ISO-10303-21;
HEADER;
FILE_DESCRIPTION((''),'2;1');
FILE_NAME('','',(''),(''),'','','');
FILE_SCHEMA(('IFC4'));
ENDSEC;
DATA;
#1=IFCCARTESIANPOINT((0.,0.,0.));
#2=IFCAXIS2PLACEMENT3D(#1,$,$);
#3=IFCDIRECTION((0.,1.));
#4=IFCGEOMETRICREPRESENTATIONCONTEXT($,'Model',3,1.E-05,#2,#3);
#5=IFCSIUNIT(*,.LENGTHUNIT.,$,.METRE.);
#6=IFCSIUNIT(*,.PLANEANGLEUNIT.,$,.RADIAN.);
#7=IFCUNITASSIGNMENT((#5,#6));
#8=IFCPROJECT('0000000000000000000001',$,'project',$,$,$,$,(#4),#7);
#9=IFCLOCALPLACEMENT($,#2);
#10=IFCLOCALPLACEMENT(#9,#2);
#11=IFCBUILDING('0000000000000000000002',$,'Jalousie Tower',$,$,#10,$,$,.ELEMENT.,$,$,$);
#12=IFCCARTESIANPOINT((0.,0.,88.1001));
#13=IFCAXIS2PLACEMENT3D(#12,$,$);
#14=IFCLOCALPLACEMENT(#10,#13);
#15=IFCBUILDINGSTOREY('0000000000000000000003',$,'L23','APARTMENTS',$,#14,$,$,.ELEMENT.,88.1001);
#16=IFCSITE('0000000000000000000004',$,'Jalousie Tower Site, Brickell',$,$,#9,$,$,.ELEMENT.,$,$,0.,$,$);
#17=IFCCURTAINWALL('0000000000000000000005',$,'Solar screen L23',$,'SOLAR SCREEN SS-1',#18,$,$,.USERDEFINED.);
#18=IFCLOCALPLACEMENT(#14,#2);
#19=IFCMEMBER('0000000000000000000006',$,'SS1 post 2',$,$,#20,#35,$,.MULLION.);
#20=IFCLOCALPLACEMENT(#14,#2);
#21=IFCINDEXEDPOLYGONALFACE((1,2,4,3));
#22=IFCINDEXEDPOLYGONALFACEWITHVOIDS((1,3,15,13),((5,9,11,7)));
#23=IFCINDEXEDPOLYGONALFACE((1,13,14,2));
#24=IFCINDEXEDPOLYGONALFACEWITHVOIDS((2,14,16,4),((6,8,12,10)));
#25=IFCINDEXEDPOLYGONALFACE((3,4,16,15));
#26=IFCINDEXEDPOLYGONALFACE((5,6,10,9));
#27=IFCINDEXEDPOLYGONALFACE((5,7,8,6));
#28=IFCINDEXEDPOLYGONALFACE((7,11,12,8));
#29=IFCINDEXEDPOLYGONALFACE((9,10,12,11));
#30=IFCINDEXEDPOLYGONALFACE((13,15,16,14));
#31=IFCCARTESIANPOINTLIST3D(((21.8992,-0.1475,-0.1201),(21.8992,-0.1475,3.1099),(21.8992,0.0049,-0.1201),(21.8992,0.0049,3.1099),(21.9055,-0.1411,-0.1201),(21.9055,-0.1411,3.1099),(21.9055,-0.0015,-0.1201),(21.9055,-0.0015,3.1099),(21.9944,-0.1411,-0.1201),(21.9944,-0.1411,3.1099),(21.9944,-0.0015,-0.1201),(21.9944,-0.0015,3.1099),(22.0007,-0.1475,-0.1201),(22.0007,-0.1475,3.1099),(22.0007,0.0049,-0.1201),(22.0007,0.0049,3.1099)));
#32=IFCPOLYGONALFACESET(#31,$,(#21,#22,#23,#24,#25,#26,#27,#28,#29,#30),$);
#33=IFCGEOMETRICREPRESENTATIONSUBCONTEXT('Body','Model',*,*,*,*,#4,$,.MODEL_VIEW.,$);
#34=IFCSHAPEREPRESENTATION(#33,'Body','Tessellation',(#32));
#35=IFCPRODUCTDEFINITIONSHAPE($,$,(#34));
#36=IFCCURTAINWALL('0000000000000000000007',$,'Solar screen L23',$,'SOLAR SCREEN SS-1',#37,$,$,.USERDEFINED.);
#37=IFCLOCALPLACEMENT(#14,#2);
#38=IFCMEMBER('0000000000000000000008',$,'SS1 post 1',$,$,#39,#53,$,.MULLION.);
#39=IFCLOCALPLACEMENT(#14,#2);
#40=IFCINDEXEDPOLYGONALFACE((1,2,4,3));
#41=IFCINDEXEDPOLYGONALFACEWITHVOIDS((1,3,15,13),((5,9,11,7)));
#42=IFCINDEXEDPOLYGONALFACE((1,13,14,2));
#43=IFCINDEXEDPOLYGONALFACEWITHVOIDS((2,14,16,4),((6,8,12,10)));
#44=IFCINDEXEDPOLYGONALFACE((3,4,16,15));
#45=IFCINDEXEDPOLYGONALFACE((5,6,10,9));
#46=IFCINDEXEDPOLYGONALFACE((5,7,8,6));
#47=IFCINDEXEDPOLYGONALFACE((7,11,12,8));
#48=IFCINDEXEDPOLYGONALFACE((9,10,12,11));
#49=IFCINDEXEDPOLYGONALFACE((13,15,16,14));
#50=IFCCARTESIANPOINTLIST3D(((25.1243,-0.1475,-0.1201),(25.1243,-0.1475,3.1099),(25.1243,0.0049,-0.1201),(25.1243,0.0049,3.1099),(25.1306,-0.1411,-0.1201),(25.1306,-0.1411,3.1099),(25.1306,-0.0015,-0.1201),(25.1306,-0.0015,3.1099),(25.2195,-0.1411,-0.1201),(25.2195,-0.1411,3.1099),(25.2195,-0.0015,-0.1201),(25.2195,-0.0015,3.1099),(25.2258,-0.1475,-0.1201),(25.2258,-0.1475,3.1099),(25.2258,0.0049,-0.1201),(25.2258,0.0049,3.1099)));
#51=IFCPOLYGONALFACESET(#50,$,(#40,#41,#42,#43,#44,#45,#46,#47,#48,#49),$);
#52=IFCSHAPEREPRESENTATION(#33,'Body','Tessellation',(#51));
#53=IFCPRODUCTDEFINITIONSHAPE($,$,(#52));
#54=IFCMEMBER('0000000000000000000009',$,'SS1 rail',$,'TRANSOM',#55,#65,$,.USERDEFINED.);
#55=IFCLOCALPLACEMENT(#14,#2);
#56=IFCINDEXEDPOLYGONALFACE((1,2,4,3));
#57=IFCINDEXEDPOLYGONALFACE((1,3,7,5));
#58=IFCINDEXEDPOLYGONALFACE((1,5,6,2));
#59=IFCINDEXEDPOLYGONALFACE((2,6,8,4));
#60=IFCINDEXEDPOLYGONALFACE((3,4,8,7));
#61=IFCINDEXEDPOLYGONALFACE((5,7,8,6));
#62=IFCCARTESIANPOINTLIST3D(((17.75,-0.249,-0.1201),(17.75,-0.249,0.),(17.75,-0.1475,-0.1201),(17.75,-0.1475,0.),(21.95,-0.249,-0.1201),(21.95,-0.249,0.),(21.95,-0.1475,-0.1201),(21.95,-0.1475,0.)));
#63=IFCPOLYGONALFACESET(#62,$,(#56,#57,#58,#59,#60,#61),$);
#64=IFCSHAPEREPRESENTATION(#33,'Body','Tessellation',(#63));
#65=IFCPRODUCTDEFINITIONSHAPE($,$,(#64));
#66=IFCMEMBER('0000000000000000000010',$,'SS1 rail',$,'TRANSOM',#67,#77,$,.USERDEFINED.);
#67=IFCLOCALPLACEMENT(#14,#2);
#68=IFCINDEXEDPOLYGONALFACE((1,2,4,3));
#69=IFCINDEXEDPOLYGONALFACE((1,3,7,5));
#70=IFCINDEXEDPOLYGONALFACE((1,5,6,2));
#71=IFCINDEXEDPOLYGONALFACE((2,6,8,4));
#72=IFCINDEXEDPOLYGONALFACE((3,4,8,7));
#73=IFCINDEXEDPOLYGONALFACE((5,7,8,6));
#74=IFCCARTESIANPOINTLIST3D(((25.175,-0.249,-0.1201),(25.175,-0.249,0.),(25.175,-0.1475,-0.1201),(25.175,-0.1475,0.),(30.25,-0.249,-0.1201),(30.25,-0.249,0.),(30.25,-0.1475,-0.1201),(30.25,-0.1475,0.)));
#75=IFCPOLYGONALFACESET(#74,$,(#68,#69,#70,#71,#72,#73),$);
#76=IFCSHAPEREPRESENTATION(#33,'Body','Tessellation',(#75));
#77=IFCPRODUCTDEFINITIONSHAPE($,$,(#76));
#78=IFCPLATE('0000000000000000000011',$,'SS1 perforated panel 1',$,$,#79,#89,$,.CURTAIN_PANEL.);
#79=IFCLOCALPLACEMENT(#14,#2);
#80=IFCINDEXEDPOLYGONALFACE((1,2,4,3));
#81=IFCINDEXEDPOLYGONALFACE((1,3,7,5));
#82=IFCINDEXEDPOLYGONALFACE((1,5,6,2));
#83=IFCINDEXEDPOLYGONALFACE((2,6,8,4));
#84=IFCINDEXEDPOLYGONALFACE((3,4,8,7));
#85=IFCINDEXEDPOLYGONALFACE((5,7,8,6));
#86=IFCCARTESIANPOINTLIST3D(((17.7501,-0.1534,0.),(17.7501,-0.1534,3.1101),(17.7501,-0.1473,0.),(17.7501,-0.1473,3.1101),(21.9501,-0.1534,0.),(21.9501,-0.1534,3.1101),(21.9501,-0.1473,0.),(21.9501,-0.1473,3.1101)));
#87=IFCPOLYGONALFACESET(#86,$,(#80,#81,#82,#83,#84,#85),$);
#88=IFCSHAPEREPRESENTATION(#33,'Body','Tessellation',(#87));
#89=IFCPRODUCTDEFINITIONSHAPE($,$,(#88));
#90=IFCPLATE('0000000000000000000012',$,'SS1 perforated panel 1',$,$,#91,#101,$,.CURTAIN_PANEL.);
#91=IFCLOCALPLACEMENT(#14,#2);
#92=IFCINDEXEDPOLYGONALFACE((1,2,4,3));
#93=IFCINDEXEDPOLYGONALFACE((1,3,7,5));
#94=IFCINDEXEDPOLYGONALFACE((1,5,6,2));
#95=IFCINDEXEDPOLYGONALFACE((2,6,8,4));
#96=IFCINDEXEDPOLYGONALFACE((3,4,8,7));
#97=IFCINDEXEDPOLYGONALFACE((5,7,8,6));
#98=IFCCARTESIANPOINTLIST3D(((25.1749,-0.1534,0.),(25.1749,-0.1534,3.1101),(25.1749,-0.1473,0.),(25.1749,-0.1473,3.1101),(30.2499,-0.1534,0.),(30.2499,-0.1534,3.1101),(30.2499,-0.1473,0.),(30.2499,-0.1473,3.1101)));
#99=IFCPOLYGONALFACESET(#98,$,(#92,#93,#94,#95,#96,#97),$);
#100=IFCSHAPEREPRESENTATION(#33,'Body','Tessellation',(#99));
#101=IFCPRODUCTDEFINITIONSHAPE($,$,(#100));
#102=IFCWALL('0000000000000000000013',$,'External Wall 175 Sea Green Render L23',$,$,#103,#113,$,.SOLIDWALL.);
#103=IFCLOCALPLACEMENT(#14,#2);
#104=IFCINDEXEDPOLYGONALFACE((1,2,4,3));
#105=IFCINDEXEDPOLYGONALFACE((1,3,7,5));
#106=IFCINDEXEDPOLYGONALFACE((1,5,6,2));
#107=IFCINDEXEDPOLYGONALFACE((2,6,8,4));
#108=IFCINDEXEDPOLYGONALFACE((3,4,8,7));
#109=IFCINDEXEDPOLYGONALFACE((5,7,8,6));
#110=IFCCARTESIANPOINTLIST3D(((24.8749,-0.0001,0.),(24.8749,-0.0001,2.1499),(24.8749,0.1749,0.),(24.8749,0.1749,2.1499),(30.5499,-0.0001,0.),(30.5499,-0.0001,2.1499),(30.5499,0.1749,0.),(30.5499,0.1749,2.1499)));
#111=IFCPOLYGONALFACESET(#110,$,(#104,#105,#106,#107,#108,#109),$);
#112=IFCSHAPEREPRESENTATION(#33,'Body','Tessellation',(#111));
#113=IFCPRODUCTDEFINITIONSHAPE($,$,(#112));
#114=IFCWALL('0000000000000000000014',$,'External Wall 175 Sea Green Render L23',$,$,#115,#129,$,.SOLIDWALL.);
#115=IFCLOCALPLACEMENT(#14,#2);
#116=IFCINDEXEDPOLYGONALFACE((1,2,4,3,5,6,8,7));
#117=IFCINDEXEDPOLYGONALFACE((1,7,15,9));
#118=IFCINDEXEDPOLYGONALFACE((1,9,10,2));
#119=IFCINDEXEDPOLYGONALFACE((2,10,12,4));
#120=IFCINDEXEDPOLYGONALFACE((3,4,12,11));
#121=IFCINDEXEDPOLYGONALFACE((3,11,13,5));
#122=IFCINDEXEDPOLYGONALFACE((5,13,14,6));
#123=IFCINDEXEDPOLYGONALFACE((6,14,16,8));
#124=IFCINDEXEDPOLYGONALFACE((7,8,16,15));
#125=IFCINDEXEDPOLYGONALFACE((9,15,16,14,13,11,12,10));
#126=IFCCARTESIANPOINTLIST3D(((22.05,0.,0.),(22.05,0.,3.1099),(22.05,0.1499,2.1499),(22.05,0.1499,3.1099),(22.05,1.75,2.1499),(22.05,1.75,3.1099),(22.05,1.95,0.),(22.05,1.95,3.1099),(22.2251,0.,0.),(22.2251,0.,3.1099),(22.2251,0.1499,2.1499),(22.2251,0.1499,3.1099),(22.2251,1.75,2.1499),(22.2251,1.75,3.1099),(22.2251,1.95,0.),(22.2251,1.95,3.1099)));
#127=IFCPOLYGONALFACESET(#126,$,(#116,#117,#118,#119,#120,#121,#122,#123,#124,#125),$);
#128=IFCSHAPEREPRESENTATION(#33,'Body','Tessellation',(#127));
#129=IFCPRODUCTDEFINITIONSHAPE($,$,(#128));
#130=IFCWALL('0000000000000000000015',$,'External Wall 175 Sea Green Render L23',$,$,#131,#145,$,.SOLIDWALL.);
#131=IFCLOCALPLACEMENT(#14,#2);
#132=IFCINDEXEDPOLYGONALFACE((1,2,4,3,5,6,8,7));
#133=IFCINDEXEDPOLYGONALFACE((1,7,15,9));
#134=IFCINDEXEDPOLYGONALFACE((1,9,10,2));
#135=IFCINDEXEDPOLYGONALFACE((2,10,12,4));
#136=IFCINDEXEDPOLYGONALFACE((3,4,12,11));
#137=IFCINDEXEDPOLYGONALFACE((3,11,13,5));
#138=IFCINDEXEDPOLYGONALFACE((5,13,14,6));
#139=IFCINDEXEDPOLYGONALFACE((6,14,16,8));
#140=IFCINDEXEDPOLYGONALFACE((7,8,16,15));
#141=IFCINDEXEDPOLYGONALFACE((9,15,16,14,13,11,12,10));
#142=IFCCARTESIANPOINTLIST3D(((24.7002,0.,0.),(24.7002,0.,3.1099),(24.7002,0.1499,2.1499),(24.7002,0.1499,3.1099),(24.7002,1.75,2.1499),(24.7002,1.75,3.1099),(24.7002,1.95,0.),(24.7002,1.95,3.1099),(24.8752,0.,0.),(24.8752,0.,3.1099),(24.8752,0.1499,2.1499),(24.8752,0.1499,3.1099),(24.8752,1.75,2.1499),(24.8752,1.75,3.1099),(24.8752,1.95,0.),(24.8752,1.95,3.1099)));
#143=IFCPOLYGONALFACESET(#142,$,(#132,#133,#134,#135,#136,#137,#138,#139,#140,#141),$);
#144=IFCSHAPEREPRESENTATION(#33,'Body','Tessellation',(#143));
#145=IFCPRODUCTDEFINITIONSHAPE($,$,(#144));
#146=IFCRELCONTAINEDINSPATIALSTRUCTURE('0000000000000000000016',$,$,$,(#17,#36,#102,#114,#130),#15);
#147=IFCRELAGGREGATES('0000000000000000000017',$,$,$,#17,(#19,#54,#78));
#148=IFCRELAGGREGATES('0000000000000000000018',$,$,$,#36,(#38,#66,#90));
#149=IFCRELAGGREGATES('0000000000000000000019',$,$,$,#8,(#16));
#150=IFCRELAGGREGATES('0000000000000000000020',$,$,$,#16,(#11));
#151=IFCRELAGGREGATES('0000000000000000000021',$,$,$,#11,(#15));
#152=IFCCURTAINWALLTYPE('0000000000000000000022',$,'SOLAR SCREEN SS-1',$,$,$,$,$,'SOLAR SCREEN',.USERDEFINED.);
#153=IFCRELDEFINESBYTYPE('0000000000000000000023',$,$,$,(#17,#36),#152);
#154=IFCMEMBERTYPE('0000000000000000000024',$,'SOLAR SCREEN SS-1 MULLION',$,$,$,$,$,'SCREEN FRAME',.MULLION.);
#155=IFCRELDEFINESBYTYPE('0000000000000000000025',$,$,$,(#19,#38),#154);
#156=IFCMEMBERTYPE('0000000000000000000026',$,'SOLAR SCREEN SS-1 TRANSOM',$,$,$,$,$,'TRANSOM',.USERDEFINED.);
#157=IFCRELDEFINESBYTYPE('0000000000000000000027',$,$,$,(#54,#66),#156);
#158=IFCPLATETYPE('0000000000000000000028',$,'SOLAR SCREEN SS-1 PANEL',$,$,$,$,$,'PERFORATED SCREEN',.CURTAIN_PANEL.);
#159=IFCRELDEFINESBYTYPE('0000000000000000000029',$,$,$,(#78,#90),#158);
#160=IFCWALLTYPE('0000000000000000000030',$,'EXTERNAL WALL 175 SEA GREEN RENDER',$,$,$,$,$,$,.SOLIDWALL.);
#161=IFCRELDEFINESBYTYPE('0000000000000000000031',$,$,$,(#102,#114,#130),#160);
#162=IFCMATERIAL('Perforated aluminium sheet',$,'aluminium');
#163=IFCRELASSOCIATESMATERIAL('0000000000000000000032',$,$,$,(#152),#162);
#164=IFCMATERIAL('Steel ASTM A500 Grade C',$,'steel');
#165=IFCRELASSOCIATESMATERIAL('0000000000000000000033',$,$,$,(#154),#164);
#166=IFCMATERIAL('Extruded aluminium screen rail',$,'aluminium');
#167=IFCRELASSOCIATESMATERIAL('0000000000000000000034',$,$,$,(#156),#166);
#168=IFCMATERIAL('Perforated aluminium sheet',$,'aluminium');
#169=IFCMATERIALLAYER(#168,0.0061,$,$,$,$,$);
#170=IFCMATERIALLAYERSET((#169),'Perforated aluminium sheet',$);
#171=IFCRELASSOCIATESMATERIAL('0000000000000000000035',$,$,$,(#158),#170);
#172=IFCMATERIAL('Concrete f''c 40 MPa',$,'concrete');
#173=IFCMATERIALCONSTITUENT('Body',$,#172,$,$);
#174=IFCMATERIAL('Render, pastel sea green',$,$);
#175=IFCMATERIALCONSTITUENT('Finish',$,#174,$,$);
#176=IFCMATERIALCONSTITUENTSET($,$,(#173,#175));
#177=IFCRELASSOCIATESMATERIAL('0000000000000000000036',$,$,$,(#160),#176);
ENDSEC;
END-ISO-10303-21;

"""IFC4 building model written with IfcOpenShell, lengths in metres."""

from ifc_helpers import new_model, si_unit, direction, frame, frame_2d, origin, origin_2d, place, context, subcontext, project, spatial, polyline, rectangle, hollow_rectangle, outline, extrude, material, layer, layer_set, constituent, constituent_set, material_profile, profile_set, type_object, element, aggregate, save


model = new_model("IFC4")

# Units and contexts
model_context = context("Model", 3, precision=1e-05, world=origin(), true_north=direction((0.0, 1.0)))
body_context = subcontext(model_context, "Body", "Model", "MODEL_VIEW")
ifc_project = project(units=[si_unit("LENGTHUNIT", "METRE"), si_unit("PLANEANGLEUNIT", "RADIAN")], contexts=[model_context])

# Site, building, storey
site_placement = place(None, origin())
site = spatial("IfcSite", under=ifc_project, at=site_placement, Name="Jalousie Tower Site, Brickell", CompositionType="ELEMENT", RefElevation=0.0)
building_placement = place(site_placement, origin())
building = spatial("IfcBuilding", under=site, at=building_placement, Name="Jalousie Tower", CompositionType="ELEMENT")
storey_placement = place(building_placement, frame((0.0, 0.0, 88.1001)))
storey = spatial("IfcBuildingStorey", under=building, at=storey_placement, Name="L23", Description="APARTMENTS", CompositionType="ELEMENT", Elevation=88.1001)

# Shared definitions
ifc_material_1 = material(Name="Perforated aluminium sheet", Category="aluminium")
curtain_wall_type = type_object("IfcCurtainWallType", Name="SOLAR SCREEN SS-1", ElementType="SOLAR SCREEN", PredefinedType="USERDEFINED", material=ifc_material_1)
ifc_material_2 = material(Name="Steel ASTM A500 Grade C", Category="steel")
ifc_material_profile_1 = material_profile(ifc_material_2, hollow_rectangle(XDim=0.1016, YDim=0.1523, WallThickness=0.0063, at=origin_2d()), Name="HSS6X4X1/4")
ifc_profile_set_1 = profile_set([ifc_material_profile_1], Name="Steel ASTM A500 Grade C")
member_type_1 = type_object("IfcMemberType", Name="SOLAR SCREEN SS-1 MULLION", ElementType="SCREEN FRAME", PredefinedType="MULLION", material=ifc_profile_set_1)

# Curtain wall, member
curtain_wall_1_placement = place(storey_placement, origin())
curtain_wall_1 = element("IfcCurtainWall", 1, at=curtain_wall_1_placement, inside=storey, type_object=curtain_wall_type, Name="Solar screen L23", ObjectType="SOLAR SCREEN SS-1", PredefinedType="USERDEFINED")
member_1_placement = place(storey_placement, frame((21.95, -0.0713, -0.1201), z_axis=(0.0, 0.0, 1.0), x_axis=(1.0, 0.0, 0.0)))
member_1 = element("IfcMember", 2, at=member_1_placement, type_object=member_type_1, Name="SS1 post 2", PredefinedType="MULLION", context=body_context, shape_type="SweptSolid", body=[
    extrude(hollow_rectangle(XDim=0.1016, YDim=0.1523, WallThickness=0.0063, at=origin_2d()), origin(), (0.0, 0.0, 1.0), 3.23),
])

# Curtain wall, member
curtain_wall_2_placement = place(storey_placement, origin())
curtain_wall_2 = element("IfcCurtainWall", 3, at=curtain_wall_2_placement, inside=storey, type_object=curtain_wall_type, Name="Solar screen L23", ObjectType="SOLAR SCREEN SS-1", PredefinedType="USERDEFINED")
member_2_placement = place(storey_placement, frame((25.175, -0.0713, -0.1201), z_axis=(0.0, 0.0, 1.0), x_axis=(1.0, 0.0, 0.0)))
member_2 = element("IfcMember", 4, at=member_2_placement, type_object=member_type_1, Name="SS1 post 1", PredefinedType="MULLION", context=body_context, shape_type="SweptSolid", body=[
    extrude(hollow_rectangle(XDim=0.1016, YDim=0.1523, WallThickness=0.0063, at=origin_2d()), origin(), (0.0, 0.0, 1.0), 3.23),
])

# Members
ifc_material_3 = material(Name="Extruded aluminium screen rail", Category="aluminium")
ifc_material_profile_2 = material_profile(ifc_material_3, rectangle(XDim=0.1016, YDim=0.1201, at=origin_2d()), Name="RAIL 102x120")
ifc_profile_set_2 = profile_set([ifc_material_profile_2], Name="Extruded aluminium screen rail")
member_type_2 = type_object("IfcMemberType", Name="SOLAR SCREEN SS-1 TRANSOM", ElementType="TRANSOM", PredefinedType="USERDEFINED", material=ifc_profile_set_2)
member_3_placement = place(storey_placement, frame((17.75, -0.1982, -0.0601), z_axis=(1.0, 0.0, 0.0), x_axis=(0.0, 1.0, 0.0)))
member_3 = element("IfcMember", 5, at=member_3_placement, type_object=member_type_2, Name="SS1 rail", ObjectType="TRANSOM", PredefinedType="USERDEFINED", context=body_context, shape_type="SweptSolid", body=[
    extrude(rectangle(XDim=0.1016, YDim=0.1201, at=origin_2d()), origin(), (0.0, 0.0, 1.0), 4.2),
])
member_4_placement = place(storey_placement, frame((25.175, -0.1982, -0.0601), z_axis=(1.0, 0.0, 0.0), x_axis=(0.0, 1.0, 0.0)))
member_4 = element("IfcMember", 6, at=member_4_placement, type_object=member_type_2, Name="SS1 rail", ObjectType="TRANSOM", PredefinedType="USERDEFINED", context=body_context, shape_type="SweptSolid", body=[
    extrude(rectangle(XDim=0.1016, YDim=0.1201, at=origin_2d()), origin(), (0.0, 0.0, 1.0), 5.075),
])

# Plates
ifc_material_4 = material(Name="Perforated aluminium sheet", Category="aluminium")
ifc_layer_1 = layer(ifc_material_4, 0.0061)
ifc_layer_set_1 = layer_set([ifc_layer_1], Name="Perforated aluminium sheet")
plate_type = type_object("IfcPlateType", Name="SOLAR SCREEN SS-1 PANEL", ElementType="PERFORATED SCREEN", PredefinedType="CURTAIN_PANEL", material=ifc_layer_set_1)
plate_1_placement = place(storey_placement, frame((19.8501, -0.1504, 0.0), z_axis=(0.0, 0.0, 1.0), x_axis=(1.0, 0.0, 0.0)))
plate_1 = element("IfcPlate", 7, at=plate_1_placement, type_object=plate_type, Name="SS1 perforated panel 1", PredefinedType="CURTAIN_PANEL", context=body_context, shape_type="SweptSolid", body=[
    extrude(rectangle(XDim=4.2, YDim=0.0061, at=origin_2d()), origin(), (0.0, 0.0, 1.0), 3.1101),
])
aggregate(curtain_wall_1, [member_1, member_3, plate_1])
plate_2_placement = place(storey_placement, frame((27.7124, -0.1504, 0.0), z_axis=(0.0, 0.0, 1.0), x_axis=(1.0, 0.0, 0.0)))
plate_2 = element("IfcPlate", 8, at=plate_2_placement, type_object=plate_type, Name="SS1 perforated panel 1", PredefinedType="CURTAIN_PANEL", context=body_context, shape_type="SweptSolid", body=[
    extrude(rectangle(XDim=5.075, YDim=0.0061, at=origin_2d()), origin(), (0.0, 0.0, 1.0), 3.1101),
])
aggregate(curtain_wall_2, [member_2, member_4, plate_2])

# Walls
ifc_material_5 = material(Name="Concrete f'c 40 MPa", Category="concrete")
ifc_constituent_1 = constituent(ifc_material_5, Name="Body")
ifc_material_6 = material(Name="Render, pastel sea green")
ifc_constituent_2 = constituent(ifc_material_6, Name="Finish")
ifc_constituent_set_1 = constituent_set(constituents=[ifc_constituent_1, ifc_constituent_2])
wall_type_1 = type_object("IfcWallType", Name="EXTERNAL WALL 175 SEA GREEN RENDER", PredefinedType="SOLIDWALL", material=ifc_constituent_set_1)
wall_1_placement = place(storey_placement, frame((24.875, 0.0874, 0.0), z_axis=(0.0, 0.0, 1.0), x_axis=(1.0, 0.0, 0.0)))
element("IfcWall", 9, at=wall_1_placement, inside=storey, type_object=wall_type_1, Name="External Wall 175 Sea Green Render L23", PredefinedType="SOLIDWALL", context=body_context, shape_type="SweptSolid", body=[
    extrude(rectangle(XDim=5.675, YDim=0.175, at=frame_2d((2.8374, 0.0))), origin(), (0.0, 0.0, 1.0), 2.1499),
])
for number, where, z_axis, x_axis, name in (
    (10, (22.1375, 0.0, 0.0), (0.0, 0.0, 1.0), (0.0, 1.0, 0.0), "External Wall 175 Sea Green Render L23"),
    (11, (24.7876, 0.0, 0.0), (0.0, 0.0, 1.0), (0.0, 1.0, 0.0), "External Wall 175 Sea Green Render L23"),
):
    element("IfcWall", number, at=place(storey_placement, frame(where, z_axis=z_axis, x_axis=x_axis)), inside=storey, type_object=wall_type_1, Name=name, PredefinedType="SOLIDWALL", context=body_context, shape_type="SweptSolid", body=[
        extrude(outline(polyline([(0.0, 0.0), (1.95, 0.0), (1.95, 3.1099), (1.75, 3.1099), (1.75, 2.1499), (0.1499, 2.1499), (0.1499, 3.1099), (0.0, 3.1099), (0.0, 0.0)])), frame((0.0, 0.0874, 0.0), z_axis=(0.0, -1.0, 0.0), x_axis=(1.0, 0.0, 0.0)), (0.0, 0.0, 1.0), 0.175),
    ])

save(model, "model.ifc")
